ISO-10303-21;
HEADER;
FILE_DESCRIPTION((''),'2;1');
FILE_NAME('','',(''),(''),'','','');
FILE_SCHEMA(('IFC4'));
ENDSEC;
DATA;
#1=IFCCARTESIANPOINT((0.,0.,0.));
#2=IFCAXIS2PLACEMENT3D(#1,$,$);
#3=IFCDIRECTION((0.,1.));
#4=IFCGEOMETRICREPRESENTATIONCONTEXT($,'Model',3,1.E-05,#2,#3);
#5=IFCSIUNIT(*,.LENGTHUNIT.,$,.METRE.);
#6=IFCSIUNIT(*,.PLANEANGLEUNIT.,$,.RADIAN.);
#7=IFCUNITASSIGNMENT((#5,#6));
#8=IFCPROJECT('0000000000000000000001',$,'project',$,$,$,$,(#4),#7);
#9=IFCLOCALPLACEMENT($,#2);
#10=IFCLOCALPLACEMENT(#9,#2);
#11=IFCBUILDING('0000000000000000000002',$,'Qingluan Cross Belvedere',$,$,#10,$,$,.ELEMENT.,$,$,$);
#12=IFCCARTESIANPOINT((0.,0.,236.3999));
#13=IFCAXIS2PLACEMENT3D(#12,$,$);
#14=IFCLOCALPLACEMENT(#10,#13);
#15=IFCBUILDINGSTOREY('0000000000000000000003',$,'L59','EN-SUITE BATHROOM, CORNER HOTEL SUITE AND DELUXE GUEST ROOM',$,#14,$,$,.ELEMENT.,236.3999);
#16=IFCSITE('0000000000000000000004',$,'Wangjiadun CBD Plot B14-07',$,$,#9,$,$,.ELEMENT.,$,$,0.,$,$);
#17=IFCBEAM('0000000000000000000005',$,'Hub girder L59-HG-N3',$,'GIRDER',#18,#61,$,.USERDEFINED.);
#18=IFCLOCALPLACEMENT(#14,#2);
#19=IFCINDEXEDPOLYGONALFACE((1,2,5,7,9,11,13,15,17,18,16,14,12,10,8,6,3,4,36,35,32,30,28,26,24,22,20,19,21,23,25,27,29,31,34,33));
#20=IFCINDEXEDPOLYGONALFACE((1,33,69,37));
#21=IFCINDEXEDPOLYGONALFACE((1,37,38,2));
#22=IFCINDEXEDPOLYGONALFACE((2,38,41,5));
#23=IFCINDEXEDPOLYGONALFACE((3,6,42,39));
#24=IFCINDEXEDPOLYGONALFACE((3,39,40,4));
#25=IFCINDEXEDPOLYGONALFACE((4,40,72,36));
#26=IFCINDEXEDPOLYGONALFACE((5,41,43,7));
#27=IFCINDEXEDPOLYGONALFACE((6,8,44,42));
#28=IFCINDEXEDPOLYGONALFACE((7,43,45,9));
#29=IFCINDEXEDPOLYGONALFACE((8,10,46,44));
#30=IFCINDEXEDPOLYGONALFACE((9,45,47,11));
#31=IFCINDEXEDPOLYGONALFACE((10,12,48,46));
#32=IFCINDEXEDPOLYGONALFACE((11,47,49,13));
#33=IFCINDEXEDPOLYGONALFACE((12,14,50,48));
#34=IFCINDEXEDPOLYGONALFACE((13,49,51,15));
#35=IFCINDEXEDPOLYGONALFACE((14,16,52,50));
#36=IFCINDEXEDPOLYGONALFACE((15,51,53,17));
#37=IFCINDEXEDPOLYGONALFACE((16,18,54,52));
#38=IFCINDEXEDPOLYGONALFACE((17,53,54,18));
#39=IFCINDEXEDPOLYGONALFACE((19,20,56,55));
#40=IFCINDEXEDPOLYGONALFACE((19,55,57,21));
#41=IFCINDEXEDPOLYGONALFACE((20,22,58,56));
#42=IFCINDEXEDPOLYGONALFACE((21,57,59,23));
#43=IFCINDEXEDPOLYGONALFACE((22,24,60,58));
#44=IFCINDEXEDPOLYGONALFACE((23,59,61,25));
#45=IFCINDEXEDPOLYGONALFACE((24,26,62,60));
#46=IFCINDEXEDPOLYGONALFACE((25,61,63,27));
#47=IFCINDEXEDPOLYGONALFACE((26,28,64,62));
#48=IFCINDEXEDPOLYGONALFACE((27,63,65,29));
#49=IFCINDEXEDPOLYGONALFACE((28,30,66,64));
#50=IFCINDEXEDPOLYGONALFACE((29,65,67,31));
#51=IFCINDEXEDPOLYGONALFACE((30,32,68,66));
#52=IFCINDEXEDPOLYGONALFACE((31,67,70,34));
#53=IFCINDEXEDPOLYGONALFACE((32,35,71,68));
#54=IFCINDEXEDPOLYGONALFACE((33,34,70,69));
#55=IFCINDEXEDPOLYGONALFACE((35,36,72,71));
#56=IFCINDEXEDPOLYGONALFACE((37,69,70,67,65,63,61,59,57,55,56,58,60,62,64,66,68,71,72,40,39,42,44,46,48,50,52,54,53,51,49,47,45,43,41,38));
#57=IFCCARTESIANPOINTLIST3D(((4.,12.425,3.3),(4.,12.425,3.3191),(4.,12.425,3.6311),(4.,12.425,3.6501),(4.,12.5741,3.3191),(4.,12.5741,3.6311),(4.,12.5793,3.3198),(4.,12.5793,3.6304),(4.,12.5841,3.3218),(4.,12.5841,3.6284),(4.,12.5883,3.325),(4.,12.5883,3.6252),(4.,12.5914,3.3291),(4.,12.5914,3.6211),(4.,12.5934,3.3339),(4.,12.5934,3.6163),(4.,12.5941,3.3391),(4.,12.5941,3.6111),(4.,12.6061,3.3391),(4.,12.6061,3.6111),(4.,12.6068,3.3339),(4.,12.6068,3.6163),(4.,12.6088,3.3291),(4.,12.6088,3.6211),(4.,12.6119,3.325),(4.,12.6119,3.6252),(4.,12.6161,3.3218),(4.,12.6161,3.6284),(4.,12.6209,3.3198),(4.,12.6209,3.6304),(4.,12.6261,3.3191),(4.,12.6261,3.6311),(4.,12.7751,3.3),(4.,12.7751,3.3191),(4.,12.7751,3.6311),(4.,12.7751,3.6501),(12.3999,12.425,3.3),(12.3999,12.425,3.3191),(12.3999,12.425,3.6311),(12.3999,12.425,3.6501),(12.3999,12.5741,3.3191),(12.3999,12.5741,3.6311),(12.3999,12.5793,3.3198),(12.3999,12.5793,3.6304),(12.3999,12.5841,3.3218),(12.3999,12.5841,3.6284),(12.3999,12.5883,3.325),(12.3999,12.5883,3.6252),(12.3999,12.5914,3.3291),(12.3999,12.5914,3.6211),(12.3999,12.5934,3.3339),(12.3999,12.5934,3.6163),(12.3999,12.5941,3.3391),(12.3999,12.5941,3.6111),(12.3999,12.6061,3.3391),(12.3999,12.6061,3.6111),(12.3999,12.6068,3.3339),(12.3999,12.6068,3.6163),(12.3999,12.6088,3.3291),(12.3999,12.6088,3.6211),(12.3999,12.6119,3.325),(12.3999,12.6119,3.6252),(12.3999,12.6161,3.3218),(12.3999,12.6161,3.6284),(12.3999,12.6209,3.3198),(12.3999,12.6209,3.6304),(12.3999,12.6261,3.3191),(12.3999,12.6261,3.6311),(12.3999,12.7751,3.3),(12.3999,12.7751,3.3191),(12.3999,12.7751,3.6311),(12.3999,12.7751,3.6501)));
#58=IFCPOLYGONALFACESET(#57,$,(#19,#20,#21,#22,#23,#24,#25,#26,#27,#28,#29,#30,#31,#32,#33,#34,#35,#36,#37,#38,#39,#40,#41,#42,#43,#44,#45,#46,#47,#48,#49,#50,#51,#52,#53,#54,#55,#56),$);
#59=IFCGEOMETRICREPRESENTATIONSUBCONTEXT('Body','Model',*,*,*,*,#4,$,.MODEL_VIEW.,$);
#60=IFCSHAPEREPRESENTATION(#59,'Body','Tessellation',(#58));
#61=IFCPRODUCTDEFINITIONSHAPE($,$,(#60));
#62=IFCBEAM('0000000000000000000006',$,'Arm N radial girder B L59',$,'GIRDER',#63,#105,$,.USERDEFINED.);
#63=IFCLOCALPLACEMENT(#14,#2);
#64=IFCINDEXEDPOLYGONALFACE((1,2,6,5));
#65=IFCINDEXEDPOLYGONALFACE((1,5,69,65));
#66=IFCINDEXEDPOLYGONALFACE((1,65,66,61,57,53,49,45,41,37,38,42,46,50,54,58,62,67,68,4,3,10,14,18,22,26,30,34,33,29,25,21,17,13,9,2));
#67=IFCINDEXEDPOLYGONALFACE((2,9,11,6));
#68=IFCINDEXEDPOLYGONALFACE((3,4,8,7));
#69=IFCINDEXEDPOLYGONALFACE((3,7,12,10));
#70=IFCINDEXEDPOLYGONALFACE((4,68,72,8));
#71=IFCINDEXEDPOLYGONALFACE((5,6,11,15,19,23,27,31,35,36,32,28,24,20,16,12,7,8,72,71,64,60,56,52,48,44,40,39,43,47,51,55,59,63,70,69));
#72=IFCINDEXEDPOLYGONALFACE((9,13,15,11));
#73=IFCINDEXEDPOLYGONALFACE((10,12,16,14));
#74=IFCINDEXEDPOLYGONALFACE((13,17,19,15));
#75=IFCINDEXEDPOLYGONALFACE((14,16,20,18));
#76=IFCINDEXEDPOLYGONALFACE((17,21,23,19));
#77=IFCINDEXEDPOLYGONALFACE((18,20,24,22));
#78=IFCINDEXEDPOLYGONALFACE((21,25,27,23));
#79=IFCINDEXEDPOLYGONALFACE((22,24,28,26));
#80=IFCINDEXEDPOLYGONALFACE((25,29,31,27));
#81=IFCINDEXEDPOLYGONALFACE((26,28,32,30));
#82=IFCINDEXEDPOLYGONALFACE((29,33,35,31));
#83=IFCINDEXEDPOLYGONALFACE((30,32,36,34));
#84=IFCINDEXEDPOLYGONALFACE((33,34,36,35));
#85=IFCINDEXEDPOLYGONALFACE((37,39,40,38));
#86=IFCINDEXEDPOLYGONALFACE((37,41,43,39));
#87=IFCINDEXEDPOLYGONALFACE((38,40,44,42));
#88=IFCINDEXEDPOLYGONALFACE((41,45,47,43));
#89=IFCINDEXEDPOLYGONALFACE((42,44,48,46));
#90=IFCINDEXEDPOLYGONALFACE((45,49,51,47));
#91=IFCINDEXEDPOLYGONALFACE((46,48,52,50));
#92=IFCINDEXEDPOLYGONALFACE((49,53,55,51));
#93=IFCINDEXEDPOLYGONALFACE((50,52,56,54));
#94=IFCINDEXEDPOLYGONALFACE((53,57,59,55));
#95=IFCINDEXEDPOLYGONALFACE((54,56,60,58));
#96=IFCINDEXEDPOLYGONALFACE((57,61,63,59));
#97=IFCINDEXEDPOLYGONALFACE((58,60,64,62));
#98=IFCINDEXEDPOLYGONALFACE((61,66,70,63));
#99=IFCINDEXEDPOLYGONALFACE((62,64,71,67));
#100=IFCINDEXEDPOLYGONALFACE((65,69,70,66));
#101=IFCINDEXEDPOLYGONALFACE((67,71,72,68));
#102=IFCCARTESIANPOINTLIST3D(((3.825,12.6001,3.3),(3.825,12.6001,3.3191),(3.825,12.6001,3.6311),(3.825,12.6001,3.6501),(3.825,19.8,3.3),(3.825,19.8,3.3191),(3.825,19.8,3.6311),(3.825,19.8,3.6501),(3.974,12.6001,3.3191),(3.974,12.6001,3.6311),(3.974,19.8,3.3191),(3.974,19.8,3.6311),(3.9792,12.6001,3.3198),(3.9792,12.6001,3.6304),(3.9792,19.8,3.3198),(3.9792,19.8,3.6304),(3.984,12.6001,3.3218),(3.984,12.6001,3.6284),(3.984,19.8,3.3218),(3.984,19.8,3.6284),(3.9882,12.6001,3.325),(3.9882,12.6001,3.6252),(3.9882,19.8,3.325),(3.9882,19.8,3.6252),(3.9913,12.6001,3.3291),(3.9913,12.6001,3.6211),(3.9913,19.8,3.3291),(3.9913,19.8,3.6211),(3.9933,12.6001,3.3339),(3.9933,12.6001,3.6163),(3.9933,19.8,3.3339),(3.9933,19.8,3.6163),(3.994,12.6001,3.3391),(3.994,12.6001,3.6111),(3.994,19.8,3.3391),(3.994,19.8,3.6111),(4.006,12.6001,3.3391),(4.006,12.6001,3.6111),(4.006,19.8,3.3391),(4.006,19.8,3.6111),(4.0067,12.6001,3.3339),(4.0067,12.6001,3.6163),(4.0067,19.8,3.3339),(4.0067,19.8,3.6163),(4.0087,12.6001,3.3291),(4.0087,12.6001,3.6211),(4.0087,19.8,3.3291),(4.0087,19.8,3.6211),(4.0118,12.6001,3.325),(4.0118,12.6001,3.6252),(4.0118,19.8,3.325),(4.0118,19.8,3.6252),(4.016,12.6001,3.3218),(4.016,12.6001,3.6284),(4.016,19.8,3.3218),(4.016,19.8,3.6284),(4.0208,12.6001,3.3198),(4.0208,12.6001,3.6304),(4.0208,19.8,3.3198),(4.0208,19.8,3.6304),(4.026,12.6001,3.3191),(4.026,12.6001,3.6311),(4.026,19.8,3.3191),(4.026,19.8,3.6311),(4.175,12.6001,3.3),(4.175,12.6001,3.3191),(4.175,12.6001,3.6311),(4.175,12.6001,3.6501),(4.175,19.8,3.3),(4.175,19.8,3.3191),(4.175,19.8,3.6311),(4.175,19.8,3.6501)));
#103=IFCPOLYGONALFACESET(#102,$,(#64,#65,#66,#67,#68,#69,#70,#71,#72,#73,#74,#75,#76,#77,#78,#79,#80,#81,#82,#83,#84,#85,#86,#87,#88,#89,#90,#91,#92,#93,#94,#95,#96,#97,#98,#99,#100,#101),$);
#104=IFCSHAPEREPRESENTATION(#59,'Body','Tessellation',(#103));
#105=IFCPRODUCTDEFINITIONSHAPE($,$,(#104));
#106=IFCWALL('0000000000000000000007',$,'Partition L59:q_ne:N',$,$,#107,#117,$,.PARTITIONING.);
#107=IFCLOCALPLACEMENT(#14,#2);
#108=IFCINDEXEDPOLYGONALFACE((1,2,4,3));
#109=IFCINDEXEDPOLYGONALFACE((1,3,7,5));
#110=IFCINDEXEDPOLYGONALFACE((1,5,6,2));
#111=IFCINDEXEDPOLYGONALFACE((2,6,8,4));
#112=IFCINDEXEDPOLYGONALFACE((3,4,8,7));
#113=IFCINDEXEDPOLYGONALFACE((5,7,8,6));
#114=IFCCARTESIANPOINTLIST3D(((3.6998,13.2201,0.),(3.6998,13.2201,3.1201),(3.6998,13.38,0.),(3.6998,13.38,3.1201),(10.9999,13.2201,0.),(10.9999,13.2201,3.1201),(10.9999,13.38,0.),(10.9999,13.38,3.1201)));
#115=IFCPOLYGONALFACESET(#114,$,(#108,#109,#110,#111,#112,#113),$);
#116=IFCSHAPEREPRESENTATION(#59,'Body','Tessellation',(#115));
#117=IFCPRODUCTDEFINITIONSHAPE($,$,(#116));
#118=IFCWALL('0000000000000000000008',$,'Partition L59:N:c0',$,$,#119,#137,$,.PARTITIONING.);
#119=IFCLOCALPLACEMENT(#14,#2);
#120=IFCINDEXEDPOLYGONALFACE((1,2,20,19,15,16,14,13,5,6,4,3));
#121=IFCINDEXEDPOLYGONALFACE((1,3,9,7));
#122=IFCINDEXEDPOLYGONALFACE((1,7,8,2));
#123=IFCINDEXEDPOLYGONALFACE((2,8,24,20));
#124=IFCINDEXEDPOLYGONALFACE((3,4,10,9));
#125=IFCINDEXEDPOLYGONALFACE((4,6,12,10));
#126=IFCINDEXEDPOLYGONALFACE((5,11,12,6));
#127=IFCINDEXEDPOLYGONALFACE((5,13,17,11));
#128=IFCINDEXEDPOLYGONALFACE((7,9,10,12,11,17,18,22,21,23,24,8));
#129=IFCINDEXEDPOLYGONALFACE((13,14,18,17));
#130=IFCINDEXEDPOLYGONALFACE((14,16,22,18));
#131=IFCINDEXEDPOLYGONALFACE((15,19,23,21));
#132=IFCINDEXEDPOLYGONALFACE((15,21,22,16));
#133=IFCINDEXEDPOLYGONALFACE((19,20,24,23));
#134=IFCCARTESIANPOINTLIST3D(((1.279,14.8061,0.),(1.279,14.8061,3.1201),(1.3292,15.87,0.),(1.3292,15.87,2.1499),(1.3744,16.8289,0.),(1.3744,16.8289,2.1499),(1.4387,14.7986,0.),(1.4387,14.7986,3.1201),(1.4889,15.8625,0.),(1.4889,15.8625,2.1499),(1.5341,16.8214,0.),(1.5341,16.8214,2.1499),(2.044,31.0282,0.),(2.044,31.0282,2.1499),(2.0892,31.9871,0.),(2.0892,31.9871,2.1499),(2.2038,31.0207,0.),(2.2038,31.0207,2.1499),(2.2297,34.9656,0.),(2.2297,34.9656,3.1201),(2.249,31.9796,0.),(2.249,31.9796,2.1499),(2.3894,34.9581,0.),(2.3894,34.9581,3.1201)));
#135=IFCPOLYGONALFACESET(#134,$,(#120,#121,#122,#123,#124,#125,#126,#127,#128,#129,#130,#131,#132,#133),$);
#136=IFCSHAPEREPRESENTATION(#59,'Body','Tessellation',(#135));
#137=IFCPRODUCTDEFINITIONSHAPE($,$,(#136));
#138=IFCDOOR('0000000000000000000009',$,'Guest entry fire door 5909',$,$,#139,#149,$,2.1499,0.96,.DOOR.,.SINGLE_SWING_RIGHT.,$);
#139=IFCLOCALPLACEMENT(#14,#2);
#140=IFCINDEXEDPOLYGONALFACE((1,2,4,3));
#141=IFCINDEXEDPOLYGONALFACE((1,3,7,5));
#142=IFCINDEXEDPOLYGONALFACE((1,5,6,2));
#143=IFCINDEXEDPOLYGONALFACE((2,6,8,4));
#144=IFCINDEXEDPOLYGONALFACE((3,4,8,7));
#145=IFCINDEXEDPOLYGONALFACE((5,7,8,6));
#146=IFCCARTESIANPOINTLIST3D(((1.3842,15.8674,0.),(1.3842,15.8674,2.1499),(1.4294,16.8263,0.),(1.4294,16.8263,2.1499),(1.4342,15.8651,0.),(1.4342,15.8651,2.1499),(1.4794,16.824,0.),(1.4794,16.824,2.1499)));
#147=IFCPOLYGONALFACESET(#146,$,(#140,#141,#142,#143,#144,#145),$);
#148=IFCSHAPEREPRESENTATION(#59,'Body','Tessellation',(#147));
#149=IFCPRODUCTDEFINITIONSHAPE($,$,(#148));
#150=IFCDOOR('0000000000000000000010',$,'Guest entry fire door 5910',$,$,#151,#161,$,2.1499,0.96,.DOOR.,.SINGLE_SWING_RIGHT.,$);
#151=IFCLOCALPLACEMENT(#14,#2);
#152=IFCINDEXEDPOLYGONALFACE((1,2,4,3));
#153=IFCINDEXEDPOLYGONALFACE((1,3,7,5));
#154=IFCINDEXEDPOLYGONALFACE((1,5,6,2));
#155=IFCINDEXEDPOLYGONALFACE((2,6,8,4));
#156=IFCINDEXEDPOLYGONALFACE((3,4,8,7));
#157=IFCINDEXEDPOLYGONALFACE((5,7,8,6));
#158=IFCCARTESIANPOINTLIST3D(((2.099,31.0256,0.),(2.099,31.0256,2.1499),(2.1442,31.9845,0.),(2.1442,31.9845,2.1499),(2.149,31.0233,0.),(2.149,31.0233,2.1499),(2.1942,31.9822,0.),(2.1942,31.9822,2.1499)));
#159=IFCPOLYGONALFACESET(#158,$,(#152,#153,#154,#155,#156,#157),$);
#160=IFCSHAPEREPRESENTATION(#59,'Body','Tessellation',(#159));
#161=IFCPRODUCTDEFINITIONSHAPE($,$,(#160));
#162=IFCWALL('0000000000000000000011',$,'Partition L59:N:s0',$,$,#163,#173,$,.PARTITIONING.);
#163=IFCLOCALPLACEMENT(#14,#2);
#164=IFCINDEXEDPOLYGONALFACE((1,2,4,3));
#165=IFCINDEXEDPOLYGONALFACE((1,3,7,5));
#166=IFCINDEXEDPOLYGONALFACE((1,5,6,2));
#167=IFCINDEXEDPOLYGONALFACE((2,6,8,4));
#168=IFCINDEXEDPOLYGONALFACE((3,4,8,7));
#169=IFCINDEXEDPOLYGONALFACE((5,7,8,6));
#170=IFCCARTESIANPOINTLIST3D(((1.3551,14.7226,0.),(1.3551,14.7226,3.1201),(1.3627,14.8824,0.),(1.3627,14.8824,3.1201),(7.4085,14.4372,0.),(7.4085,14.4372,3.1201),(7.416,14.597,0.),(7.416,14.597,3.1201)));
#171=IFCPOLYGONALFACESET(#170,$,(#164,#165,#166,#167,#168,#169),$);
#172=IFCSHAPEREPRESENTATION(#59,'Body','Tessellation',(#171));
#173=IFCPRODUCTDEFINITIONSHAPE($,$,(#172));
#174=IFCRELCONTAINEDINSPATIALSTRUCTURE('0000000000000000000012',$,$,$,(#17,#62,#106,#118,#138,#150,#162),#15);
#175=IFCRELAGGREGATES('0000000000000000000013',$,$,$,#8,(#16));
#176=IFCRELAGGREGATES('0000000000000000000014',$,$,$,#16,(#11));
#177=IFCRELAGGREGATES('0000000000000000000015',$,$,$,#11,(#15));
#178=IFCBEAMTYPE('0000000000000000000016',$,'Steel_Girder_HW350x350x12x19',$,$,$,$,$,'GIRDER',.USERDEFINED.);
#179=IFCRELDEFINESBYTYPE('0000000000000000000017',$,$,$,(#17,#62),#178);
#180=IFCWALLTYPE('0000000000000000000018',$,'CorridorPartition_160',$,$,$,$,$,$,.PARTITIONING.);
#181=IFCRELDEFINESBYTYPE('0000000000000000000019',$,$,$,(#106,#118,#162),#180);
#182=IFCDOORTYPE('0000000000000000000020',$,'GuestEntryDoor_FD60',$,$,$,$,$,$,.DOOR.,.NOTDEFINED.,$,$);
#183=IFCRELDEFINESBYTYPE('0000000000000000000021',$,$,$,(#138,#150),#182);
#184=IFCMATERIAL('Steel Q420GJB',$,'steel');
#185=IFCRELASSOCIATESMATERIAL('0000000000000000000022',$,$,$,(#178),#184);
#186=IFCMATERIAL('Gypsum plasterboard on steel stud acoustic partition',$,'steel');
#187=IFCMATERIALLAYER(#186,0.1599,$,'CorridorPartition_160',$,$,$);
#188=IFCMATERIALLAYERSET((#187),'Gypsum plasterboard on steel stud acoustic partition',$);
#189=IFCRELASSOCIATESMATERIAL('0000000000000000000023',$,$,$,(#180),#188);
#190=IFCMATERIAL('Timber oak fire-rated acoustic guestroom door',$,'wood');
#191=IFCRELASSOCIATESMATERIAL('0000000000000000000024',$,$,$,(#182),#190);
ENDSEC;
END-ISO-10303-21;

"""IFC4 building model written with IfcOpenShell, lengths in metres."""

from ifc_helpers import new_model, si_unit, direction, frame, frame_2d, origin, origin_2d, place, context, subcontext, project, spatial, rectangle, i_section, extrude, material, layer, layer_set, material_profile, profile_set, type_object, element, fill, save


model = new_model("IFC4")

# Units and contexts
model_context = context("Model", 3, precision=1e-05, world=origin(), true_north=direction((0.0, 1.0)))
body_context = subcontext(model_context, "Body", "Model", "MODEL_VIEW")
ifc_project = project(units=[si_unit("LENGTHUNIT", "METRE"), si_unit("PLANEANGLEUNIT", "RADIAN")], contexts=[model_context])

# Site, building, storey
site_placement = place(None, origin())
site = spatial("IfcSite", under=ifc_project, at=site_placement, Name="Wangjiadun CBD Plot B14-07", CompositionType="ELEMENT", RefElevation=0.0)
building_placement = place(site_placement, origin())
building = spatial("IfcBuilding", under=site, at=building_placement, Name="Qingluan Cross Belvedere", CompositionType="ELEMENT")
storey_placement = place(building_placement, frame((0.0, 0.0, 236.3999)))
storey = spatial("IfcBuildingStorey", under=building, at=storey_placement, Name="L59", Description="EN-SUITE BATHROOM, CORNER HOTEL SUITE AND DELUXE GUEST ROOM", CompositionType="ELEMENT", Elevation=236.3999)

# Beams
ifc_material_1 = material(Name="Steel Q420GJB", Category="steel")
ifc_material_profile_1 = material_profile(ifc_material_1, i_section(OverallWidth=0.3501, OverallDepth=0.3501, WebThickness=0.012, FlangeThickness=0.019, FilletRadius=0.02, at=origin_2d()), Name="HW350x350x12x19")
ifc_profile_set_1 = profile_set([ifc_material_profile_1], Name="Steel Q420GJB")
beam_type_1 = type_object("IfcBeamType", Name="Steel_Girder_HW350x350x12x19", ElementType="GIRDER", PredefinedType="USERDEFINED", material=ifc_profile_set_1)
beam_1_placement = place(storey_placement, frame((4.0, 12.6001, 3.4751), z_axis=(1.0, 0.0, 0.0), x_axis=(0.0, 1.0, 0.0)))
element("IfcBeam", 1, at=beam_1_placement, inside=storey, type_object=beam_type_1, Name="Hub girder L59-HG-N3", ObjectType="GIRDER", PredefinedType="USERDEFINED", context=body_context, shape_type="SweptSolid", body=[
    extrude(i_section(OverallWidth=0.3501, OverallDepth=0.3501, WebThickness=0.012, FlangeThickness=0.019, FilletRadius=0.02, at=origin_2d()), origin(), (0.0, 0.0, 1.0), 8.3999),
])
beam_2_placement = place(storey_placement, frame((4.0, 12.6001, 3.4751), z_axis=(0.0, 1.0, 0.0), x_axis=(-1.0, 0.0, 0.0)))
element("IfcBeam", 2, at=beam_2_placement, inside=storey, type_object=beam_type_1, Name="Arm N radial girder B L59", ObjectType="GIRDER", PredefinedType="USERDEFINED", context=body_context, shape_type="SweptSolid", body=[
    extrude(i_section(OverallWidth=0.3501, OverallDepth=0.3501, WebThickness=0.012, FlangeThickness=0.019, FilletRadius=0.02, at=origin_2d()), origin(), (0.0, 0.0, 1.0), 7.2),
])

# Wall
ifc_material_2 = material(Name="Gypsum plasterboard on steel stud acoustic partition", Category="steel")
ifc_layer_1 = layer(ifc_material_2, 0.1599, Name="CorridorPartition_160")
ifc_layer_set_1 = layer_set([ifc_layer_1], Name="Gypsum plasterboard on steel stud acoustic partition")
wall_type_1 = type_object("IfcWallType", Name="CorridorPartition_160", PredefinedType="PARTITIONING", material=ifc_layer_set_1)
wall_1_placement = place(storey_placement, frame((3.7, 13.3, 0.0), z_axis=(0.0, 0.0, 1.0), x_axis=(1.0, 0.0, 0.0)))
element("IfcWall", 3, at=wall_1_placement, inside=storey, type_object=wall_type_1, Name="Partition L59:q_ne:N", PredefinedType="PARTITIONING", context=body_context, shape_type="SweptSolid", body=[
    extrude(rectangle(XDim=7.3, YDim=0.1599, at=frame_2d((3.6499, 0.0))), origin(), (0.0, 0.0, 1.0), 3.1201),
])

# Wall, openings, doors
wall_2_placement = place(storey_placement, frame((1.3589, 14.8025, 0.0), z_axis=(0.0, 0.0, 1.0), x_axis=(0.047106, 0.99889, 0.0)))
wall_2 = element("IfcWall", 4, at=wall_2_placement, inside=storey, type_object=wall_type_1, Name="Partition L59:N:c0", PredefinedType="PARTITIONING", context=body_context, shape_type="SweptSolid", body=[
    extrude(rectangle(XDim=20.1819, YDim=0.1599, at=frame_2d((10.0908, 0.0))), origin(), (0.0, 0.0, 1.0), 3.1201),
])
opening_1_placement = place(wall_2_placement, frame((1.0649, 0.0, 0.0)))
opening_1 = element("IfcOpeningElement", 5, at=opening_1_placement, cuts=wall_2, PredefinedType="OPENING", context=body_context, shape_type="SweptSolid", body=[
    extrude(rectangle(XDim=0.96, YDim=2.1499, at=frame_2d((0.48, 1.075))), frame((0.0, 0.0898, 0.0), z_axis=(0.0, -1.0, 0.0), x_axis=(1.0, 0.0, 0.0)), (0.0, 0.0, 1.0), 0.1799),
])
opening_2_placement = place(wall_2_placement, frame((16.24, 0.0, 0.0)))
opening_2 = element("IfcOpeningElement", 6, at=opening_2_placement, cuts=wall_2, PredefinedType="OPENING", context=body_context, shape_type="SweptSolid", body=[
    extrude(rectangle(XDim=0.96, YDim=2.1499, at=frame_2d((0.48, 1.075))), frame((0.0, 0.0898, 0.0), z_axis=(0.0, -1.0, 0.0), x_axis=(1.0, 0.0, 0.0)), (0.0, 0.0, 1.0), 0.1799),
])
ifc_material_3 = material(Name="Timber oak fire-rated acoustic guestroom door", Category="wood")
door_type = type_object("IfcDoorType", Name="GuestEntryDoor_FD60", OperationType="NOTDEFINED", PredefinedType="DOOR", material=ifc_material_3)
door_1_placement = place(opening_1_placement, origin())
door_1 = element("IfcDoor", 7, at=door_1_placement, inside=storey, type_object=door_type, Name="Guest entry fire door 5909", OperationType="SINGLE_SWING_RIGHT", OverallHeight=2.1499, OverallWidth=0.96, PredefinedType="DOOR", context=body_context, shape_type="SweptSolid", body=[
    extrude(rectangle(XDim=0.96, YDim=2.1499, at=frame_2d((0.48, 1.075))), frame((0.0, 0.0249, 0.0), z_axis=(0.0, -1.0, 0.0), x_axis=(1.0, 0.0, 0.0)), (0.0, 0.0, 1.0), 0.05),
])
fill(opening_1, door_1)
door_2_placement = place(opening_2_placement, origin())
door_2 = element("IfcDoor", 8, at=door_2_placement, inside=storey, type_object=door_type, Name="Guest entry fire door 5910", OperationType="SINGLE_SWING_RIGHT", OverallHeight=2.1499, OverallWidth=0.96, PredefinedType="DOOR", context=body_context, shape_type="SweptSolid", body=[
    extrude(rectangle(XDim=0.96, YDim=2.1499, at=frame_2d((0.48, 1.075))), frame((0.0, 0.0249, 0.0), z_axis=(0.0, -1.0, 0.0), x_axis=(1.0, 0.0, 0.0)), (0.0, 0.0, 1.0), 0.05),
])
fill(opening_2, door_2)

# Wall
wall_3_placement = place(storey_placement, frame((1.3589, 14.8025, 0.0), z_axis=(0.0, 0.0, 1.0), x_axis=(0.99889, -0.047096, 0.0)))
element("IfcWall", 9, at=wall_3_placement, inside=storey, type_object=wall_type_1, Name="Partition L59:N:s0", PredefinedType="PARTITIONING", context=body_context, shape_type="SweptSolid", body=[
    extrude(rectangle(XDim=6.0601, YDim=0.1599, at=frame_2d((3.03, 0.0))), origin(), (0.0, 0.0, 1.0), 3.1201),
])

save(model, "model.ifc")
